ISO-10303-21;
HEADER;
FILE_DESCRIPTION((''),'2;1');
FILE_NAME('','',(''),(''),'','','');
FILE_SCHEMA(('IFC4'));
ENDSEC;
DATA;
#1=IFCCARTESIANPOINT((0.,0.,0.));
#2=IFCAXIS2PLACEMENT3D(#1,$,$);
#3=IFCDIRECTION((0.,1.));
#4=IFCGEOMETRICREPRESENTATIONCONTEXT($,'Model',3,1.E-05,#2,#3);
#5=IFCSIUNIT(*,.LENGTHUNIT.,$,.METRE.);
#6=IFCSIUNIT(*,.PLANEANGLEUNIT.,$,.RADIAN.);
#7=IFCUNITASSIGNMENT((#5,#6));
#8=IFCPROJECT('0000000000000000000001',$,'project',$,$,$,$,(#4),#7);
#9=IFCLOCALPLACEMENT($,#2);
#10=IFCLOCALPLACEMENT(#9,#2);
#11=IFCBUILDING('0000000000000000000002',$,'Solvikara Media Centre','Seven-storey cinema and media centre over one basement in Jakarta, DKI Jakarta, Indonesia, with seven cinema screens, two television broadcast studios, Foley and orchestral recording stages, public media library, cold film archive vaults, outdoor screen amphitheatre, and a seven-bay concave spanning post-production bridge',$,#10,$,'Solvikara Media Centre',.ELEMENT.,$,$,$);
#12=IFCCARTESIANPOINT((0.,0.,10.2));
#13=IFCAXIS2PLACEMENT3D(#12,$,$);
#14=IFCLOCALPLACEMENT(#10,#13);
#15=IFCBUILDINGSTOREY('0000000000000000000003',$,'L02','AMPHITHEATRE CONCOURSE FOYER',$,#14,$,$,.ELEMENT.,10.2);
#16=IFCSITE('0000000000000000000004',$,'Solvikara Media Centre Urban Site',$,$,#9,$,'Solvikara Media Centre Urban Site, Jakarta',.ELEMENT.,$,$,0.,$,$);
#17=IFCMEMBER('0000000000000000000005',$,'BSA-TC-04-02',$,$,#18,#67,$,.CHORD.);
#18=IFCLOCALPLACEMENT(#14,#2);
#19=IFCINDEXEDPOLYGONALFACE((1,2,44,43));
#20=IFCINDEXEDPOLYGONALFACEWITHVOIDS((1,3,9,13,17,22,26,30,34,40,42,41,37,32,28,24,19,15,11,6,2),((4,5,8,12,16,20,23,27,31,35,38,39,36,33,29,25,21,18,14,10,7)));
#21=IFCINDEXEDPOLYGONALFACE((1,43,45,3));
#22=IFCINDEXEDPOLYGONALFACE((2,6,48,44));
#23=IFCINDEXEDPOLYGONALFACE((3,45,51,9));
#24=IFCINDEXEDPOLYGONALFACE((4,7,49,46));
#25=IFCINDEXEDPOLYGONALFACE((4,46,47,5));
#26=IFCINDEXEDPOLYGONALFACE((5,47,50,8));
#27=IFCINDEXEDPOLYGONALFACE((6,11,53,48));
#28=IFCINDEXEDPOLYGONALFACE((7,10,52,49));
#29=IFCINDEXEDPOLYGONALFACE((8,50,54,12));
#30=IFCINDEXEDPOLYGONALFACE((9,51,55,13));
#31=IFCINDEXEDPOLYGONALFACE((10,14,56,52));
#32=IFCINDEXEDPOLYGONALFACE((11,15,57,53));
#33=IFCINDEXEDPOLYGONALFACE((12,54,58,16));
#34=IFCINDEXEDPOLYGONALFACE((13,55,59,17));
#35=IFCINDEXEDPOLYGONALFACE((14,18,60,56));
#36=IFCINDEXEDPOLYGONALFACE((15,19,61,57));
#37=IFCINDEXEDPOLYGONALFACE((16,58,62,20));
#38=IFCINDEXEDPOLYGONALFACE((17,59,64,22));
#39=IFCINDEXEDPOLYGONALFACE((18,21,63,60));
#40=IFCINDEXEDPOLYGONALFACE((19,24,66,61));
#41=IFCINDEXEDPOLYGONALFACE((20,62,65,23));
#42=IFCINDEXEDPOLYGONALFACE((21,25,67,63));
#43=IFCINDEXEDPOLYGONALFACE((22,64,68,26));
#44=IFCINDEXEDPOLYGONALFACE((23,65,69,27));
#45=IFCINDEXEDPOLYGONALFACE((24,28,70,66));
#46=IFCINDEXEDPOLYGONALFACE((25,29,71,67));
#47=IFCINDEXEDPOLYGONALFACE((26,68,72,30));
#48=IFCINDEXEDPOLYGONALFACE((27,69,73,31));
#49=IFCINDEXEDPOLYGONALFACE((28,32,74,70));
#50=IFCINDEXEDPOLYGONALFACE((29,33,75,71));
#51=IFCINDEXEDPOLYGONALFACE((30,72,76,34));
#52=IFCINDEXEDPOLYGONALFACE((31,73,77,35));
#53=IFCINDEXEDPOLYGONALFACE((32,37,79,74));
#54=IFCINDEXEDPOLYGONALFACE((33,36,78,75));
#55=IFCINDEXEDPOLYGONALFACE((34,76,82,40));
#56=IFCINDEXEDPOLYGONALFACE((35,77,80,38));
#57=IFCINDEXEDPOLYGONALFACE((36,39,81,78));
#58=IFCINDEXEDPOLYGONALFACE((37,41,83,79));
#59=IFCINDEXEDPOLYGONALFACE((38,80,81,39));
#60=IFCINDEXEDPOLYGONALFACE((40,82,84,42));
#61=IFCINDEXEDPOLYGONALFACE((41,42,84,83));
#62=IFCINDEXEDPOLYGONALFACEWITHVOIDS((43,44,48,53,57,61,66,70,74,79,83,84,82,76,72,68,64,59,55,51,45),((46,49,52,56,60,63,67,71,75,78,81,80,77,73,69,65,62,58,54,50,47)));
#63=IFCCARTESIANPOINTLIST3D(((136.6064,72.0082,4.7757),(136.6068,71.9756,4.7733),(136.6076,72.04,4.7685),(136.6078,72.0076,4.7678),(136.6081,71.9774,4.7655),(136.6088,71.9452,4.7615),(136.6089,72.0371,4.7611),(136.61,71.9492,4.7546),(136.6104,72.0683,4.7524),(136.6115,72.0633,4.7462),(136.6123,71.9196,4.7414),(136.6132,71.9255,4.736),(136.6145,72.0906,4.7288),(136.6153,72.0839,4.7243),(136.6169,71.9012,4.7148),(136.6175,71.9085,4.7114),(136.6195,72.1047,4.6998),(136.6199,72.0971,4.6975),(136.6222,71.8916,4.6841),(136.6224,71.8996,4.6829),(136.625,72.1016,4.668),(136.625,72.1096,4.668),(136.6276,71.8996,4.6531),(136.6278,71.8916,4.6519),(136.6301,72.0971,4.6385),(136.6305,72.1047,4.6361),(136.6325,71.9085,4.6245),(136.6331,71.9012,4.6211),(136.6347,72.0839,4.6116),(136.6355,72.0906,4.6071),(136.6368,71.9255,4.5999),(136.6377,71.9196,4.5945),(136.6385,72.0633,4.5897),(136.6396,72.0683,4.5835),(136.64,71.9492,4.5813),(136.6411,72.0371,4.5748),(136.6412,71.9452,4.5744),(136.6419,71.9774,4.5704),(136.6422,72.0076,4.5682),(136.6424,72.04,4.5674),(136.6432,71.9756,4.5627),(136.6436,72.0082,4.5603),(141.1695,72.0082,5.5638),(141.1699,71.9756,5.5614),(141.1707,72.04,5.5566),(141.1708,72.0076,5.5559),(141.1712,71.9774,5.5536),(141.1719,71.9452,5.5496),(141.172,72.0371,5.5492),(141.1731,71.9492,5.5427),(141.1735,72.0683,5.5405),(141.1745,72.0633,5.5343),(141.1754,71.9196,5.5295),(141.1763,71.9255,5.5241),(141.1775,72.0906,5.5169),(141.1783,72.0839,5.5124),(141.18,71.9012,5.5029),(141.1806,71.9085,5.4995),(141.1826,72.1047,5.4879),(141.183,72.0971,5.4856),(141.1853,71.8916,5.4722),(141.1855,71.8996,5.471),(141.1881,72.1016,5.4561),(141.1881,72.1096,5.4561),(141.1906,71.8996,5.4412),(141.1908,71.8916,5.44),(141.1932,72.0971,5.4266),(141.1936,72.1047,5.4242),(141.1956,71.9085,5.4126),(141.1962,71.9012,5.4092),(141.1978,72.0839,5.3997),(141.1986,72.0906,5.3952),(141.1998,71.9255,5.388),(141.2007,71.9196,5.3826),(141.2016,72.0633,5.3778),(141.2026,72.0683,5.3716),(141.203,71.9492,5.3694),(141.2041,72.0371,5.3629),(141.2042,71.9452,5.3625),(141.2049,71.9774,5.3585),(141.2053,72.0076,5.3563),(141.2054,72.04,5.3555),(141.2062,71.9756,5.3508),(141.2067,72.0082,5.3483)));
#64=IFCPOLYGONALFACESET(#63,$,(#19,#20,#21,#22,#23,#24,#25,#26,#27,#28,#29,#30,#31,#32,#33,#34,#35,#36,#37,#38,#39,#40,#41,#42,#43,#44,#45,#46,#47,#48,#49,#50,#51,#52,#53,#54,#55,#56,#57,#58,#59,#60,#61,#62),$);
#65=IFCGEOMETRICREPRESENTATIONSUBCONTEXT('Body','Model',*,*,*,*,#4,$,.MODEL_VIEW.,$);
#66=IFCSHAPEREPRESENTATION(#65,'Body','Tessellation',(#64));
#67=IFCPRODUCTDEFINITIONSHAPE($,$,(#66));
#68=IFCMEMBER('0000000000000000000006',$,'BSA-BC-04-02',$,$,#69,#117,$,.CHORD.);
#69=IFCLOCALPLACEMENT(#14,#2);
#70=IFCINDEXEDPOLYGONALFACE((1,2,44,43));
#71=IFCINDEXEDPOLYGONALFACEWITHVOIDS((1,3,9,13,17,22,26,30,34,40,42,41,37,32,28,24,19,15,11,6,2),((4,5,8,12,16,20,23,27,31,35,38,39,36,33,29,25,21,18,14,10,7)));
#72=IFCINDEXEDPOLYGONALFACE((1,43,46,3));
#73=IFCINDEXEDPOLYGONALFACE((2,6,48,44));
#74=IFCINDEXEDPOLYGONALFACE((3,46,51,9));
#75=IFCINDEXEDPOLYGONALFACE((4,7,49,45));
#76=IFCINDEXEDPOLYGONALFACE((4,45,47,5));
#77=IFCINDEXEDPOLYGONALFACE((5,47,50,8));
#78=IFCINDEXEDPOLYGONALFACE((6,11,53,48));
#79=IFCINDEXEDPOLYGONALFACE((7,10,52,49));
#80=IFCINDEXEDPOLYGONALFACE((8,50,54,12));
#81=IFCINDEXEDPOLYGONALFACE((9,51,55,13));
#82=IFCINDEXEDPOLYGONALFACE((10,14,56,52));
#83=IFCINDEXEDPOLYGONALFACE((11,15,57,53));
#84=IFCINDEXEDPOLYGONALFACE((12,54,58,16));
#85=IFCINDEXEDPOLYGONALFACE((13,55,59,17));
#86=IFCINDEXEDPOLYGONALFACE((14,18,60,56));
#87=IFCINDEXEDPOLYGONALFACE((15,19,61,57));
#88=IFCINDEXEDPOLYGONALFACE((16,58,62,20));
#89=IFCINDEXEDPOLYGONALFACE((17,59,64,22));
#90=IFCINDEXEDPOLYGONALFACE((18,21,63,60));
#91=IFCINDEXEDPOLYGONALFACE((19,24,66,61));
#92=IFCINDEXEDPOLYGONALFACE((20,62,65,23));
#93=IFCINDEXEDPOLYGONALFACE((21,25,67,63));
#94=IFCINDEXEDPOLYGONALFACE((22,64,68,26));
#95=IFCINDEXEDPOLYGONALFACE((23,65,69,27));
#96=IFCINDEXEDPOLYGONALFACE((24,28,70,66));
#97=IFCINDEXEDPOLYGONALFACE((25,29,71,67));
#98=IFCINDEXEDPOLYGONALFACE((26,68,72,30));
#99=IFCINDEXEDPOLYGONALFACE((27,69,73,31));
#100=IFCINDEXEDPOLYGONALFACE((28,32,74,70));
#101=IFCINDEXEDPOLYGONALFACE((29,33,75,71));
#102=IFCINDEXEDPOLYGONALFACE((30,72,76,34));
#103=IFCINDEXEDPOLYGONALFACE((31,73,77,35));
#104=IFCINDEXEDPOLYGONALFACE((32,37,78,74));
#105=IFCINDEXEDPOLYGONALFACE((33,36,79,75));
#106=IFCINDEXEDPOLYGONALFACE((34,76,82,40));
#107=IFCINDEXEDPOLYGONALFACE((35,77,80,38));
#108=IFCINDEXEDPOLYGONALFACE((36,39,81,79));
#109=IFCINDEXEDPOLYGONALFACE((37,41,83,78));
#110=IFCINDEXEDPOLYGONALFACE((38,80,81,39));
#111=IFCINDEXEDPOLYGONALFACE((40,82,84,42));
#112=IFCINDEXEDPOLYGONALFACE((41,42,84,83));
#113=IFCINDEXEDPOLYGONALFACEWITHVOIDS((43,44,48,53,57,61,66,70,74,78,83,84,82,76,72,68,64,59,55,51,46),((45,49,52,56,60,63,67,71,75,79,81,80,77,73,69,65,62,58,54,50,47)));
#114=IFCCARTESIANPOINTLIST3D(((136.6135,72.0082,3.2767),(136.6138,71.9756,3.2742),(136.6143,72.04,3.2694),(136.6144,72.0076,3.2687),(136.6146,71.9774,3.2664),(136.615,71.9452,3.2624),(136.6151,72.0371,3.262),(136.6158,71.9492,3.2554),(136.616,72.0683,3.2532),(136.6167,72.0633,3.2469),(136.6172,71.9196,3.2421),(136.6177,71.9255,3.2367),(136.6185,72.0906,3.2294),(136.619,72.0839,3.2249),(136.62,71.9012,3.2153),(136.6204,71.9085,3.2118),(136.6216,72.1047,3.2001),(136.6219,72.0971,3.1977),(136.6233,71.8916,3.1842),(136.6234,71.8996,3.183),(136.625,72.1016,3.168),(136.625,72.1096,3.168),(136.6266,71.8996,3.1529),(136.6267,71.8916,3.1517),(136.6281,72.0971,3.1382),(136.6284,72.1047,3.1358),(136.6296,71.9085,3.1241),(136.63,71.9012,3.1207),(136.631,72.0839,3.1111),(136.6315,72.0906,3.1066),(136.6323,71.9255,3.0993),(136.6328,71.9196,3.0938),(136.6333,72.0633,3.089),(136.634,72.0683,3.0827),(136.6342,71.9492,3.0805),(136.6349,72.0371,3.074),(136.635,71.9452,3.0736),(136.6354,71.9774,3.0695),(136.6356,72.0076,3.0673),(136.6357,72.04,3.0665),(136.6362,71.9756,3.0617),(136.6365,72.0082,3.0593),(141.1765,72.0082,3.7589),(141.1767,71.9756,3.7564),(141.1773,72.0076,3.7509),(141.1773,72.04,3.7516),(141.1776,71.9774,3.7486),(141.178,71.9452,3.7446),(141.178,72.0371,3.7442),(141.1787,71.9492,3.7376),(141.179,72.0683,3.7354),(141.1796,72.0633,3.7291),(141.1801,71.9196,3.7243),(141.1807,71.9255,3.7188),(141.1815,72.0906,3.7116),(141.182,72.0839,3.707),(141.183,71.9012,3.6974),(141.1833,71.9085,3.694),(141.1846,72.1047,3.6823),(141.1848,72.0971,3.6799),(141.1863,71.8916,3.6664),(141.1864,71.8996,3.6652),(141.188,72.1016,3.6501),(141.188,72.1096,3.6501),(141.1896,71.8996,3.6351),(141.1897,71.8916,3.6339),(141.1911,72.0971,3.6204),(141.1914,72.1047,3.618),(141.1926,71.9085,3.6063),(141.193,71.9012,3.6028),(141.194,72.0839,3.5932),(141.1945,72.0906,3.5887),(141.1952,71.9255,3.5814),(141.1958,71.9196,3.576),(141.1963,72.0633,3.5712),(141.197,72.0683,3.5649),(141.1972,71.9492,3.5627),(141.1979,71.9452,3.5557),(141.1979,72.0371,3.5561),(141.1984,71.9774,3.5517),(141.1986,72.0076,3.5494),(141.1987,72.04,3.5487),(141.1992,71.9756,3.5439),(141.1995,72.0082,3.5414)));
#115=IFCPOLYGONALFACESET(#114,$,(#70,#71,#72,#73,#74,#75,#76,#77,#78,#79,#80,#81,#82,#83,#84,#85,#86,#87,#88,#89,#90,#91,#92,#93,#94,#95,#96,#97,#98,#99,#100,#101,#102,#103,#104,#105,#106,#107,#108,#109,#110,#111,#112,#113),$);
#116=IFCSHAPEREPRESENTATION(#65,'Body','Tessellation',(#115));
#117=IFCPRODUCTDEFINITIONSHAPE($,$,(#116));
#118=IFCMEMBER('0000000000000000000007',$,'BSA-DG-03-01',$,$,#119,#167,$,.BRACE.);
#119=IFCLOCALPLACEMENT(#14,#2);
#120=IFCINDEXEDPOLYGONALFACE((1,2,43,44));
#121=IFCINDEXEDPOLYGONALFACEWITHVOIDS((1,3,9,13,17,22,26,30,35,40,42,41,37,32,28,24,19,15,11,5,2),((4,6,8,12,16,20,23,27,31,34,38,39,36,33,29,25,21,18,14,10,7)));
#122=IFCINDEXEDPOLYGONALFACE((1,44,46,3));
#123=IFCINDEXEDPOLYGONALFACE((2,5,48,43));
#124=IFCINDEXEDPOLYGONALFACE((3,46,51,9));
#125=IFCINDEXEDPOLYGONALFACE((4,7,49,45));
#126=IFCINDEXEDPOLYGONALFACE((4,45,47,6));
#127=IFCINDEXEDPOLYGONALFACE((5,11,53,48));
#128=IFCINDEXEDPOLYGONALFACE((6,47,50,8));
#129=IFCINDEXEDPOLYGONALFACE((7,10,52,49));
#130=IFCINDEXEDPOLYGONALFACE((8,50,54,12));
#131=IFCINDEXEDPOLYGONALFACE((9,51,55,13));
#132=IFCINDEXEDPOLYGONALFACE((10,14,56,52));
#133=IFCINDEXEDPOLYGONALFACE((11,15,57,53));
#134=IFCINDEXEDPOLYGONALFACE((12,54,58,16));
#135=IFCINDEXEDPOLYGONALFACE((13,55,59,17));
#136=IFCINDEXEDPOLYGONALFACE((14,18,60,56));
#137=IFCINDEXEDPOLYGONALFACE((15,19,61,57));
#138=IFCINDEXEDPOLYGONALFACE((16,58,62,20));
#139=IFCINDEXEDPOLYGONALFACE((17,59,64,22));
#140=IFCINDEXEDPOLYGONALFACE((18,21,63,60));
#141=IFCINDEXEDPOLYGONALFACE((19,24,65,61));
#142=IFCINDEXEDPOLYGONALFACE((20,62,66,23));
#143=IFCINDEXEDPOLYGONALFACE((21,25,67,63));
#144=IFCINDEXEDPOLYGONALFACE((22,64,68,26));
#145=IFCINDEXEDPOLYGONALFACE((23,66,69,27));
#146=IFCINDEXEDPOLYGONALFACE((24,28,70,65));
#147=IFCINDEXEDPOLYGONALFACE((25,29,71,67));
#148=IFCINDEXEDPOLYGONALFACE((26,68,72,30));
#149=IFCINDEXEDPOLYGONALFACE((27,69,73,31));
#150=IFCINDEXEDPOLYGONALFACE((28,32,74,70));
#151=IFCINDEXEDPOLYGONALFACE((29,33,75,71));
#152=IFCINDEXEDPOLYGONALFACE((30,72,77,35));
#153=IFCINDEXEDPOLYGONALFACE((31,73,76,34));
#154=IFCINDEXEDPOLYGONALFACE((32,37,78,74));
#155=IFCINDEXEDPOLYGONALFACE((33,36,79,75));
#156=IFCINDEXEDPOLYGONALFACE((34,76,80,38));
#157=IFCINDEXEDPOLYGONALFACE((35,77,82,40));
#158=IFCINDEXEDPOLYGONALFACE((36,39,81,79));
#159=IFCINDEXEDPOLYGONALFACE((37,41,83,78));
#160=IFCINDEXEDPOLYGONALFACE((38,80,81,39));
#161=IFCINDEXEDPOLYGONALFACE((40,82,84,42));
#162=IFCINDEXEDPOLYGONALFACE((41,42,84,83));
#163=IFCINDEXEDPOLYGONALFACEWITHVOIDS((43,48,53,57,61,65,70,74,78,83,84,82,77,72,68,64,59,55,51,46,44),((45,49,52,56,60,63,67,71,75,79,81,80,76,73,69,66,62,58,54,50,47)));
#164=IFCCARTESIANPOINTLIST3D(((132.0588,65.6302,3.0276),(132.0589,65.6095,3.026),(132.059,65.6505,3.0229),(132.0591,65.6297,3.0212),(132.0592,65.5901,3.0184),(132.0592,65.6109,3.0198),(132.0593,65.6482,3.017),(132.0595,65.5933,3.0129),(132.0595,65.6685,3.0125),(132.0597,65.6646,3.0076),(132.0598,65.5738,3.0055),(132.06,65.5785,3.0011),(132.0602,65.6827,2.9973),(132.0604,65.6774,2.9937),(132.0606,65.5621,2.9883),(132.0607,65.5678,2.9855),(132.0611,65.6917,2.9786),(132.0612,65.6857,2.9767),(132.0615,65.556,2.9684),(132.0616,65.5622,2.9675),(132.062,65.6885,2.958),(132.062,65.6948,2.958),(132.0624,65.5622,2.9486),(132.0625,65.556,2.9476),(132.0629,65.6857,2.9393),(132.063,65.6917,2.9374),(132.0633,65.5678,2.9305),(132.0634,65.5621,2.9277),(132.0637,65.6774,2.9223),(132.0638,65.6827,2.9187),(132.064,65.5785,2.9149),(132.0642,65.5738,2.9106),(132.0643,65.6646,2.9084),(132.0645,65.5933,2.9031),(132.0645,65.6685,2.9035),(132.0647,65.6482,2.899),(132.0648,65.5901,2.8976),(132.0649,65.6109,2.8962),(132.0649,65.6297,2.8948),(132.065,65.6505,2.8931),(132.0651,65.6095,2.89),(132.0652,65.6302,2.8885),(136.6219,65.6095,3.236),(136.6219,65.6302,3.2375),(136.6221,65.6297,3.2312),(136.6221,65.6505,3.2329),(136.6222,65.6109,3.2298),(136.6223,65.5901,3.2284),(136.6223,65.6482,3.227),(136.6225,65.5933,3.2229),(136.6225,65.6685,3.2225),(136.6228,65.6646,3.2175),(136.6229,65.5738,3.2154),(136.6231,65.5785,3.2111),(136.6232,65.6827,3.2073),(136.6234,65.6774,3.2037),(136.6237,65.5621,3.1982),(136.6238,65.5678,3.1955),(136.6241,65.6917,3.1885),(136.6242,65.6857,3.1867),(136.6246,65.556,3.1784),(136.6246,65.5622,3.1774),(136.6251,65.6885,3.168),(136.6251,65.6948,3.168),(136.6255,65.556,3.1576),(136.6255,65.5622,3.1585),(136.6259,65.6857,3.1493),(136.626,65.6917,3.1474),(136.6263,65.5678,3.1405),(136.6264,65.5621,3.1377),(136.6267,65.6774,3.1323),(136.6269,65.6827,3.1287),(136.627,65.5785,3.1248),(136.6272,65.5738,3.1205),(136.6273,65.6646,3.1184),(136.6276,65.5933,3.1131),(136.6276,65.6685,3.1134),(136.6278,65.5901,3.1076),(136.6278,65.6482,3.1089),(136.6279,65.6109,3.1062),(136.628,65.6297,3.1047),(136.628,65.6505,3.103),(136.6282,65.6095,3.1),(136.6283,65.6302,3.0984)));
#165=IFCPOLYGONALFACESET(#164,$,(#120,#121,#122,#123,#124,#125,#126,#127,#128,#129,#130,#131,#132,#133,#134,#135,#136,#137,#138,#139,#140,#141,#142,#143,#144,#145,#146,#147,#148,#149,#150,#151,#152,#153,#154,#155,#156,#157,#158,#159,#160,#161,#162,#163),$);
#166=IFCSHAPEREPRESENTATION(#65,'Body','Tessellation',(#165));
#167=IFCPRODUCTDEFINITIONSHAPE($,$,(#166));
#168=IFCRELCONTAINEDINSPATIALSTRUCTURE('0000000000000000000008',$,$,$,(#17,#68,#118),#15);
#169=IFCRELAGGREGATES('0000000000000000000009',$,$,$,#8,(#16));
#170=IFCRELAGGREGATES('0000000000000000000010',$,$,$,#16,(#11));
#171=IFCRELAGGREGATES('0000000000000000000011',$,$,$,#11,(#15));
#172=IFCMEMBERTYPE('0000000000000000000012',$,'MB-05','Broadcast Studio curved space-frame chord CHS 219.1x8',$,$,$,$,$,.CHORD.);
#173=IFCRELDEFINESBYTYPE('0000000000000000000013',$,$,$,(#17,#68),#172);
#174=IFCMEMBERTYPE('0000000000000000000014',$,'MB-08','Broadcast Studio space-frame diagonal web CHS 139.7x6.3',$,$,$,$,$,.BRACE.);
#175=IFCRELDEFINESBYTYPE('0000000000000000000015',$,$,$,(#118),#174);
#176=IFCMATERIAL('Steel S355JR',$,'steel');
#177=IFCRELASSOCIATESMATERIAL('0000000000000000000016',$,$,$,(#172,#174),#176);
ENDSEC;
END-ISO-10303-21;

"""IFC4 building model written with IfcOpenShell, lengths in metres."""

from ifc_helpers import new_model, si_unit, direction, frame, origin, origin_2d, place, context, subcontext, project, spatial, hollow_circle, extrude, material, material_profile, profile_set, type_object, element, save


model = new_model("IFC4")

# Units and contexts
model_context = context("Model", 3, precision=1e-05, world=origin(), true_north=direction((0.0, 1.0)))
body_context = subcontext(model_context, "Body", "Model", "MODEL_VIEW")
ifc_project = project(units=[si_unit("LENGTHUNIT", "METRE"), si_unit("PLANEANGLEUNIT", "RADIAN")], contexts=[model_context])

# Site, building, storey
site_placement = place(None, origin())
site = spatial("IfcSite", under=ifc_project, at=site_placement, Name="Solvikara Media Centre Urban Site", LongName="Solvikara Media Centre Urban Site, Jakarta", CompositionType="ELEMENT", RefElevation=0.0)
building_placement = place(site_placement, origin())
building = spatial("IfcBuilding", under=site, at=building_placement, Name="Solvikara Media Centre", Description="Seven-storey cinema and media centre over one basement in Jakarta, DKI Jakarta, Indonesia, with seven cinema screens, two television broadcast studios, Foley and orchestral recording stages, public media library, cold film archive vaults, outdoor screen amphitheatre, and a seven-bay concave spanning post-production bridge", LongName="Solvikara Media Centre", CompositionType="ELEMENT")
storey_placement = place(building_placement, frame((0.0, 0.0, 10.2)))
storey = spatial("IfcBuildingStorey", under=building, at=storey_placement, Name="L02", Description="AMPHITHEATRE CONCOURSE FOYER", CompositionType="ELEMENT", Elevation=10.2)

# Shared definitions
ifc_material_1 = material(Name="Steel S355JR", Category="steel")

# Members
ifc_material_profile_1 = material_profile(ifc_material_1, hollow_circle(Radius=0.1096, WallThickness=0.0081, at=origin_2d()), Name="CHS 219.1x8")
ifc_profile_set_1 = profile_set([ifc_material_profile_1], Name="Steel S355JR")
member_type_1 = type_object("IfcMemberType", Name="MB-05", Description="Broadcast Studio curved space-frame chord CHS 219.1x8", PredefinedType="CHORD", material=ifc_profile_set_1)
member_1_placement = place(storey_placement, frame((136.625, 72.0, 4.668), z_axis=(0.985411, 0.0, 0.170193), x_axis=(0.0, 1.0, 0.0)))
element("IfcMember", 1, at=member_1_placement, inside=storey, type_object=member_type_1, Name="BSA-TC-04-02", PredefinedType="CHORD", context=body_context, shape_type="SweptSolid", body=[
    extrude(hollow_circle(Radius=0.1096, WallThickness=0.0081, at=origin_2d()), origin(), (0.0, 0.0, 1.0), 4.6306),
])
member_2_placement = place(storey_placement, frame((136.625, 72.0, 3.168), z_axis=(0.994463, 0.0, 0.105086), x_axis=(0.0, 1.0, 0.0)))
element("IfcMember", 2, at=member_2_placement, inside=storey, type_object=member_type_1, Name="BSA-BC-04-02", PredefinedType="CHORD", context=body_context, shape_type="SweptSolid", body=[
    extrude(hollow_circle(Radius=0.1096, WallThickness=0.0081, at=origin_2d()), origin(), (0.0, 0.0, 1.0), 4.5884),
])
ifc_material_profile_2 = material_profile(ifc_material_1, hollow_circle(Radius=0.0698, WallThickness=0.0063, at=origin_2d()), Name="CHS 139.7x6.3")
ifc_profile_set_2 = profile_set([ifc_material_profile_2], Name="Steel S355JR")
member_type_2 = type_object("IfcMemberType", Name="MB-08", Description="Broadcast Studio space-frame diagonal web CHS 139.7x6.3", PredefinedType="BRACE", material=ifc_profile_set_2)
member_3_placement = place(storey_placement, frame((132.062, 65.625, 2.958), z_axis=(0.998943, 0.0, 0.045965), x_axis=(0.0, 1.0, 0.0)))
element("IfcMember", 3, at=member_3_placement, inside=storey, type_object=member_type_2, Name="BSA-DG-03-01", PredefinedType="BRACE", context=body_context, shape_type="SweptSolid", body=[
    extrude(hollow_circle(Radius=0.0698, WallThickness=0.0063, at=origin_2d()), origin(), (0.0, 0.0, 1.0), 4.5679),
])

save(model, "model.ifc")
